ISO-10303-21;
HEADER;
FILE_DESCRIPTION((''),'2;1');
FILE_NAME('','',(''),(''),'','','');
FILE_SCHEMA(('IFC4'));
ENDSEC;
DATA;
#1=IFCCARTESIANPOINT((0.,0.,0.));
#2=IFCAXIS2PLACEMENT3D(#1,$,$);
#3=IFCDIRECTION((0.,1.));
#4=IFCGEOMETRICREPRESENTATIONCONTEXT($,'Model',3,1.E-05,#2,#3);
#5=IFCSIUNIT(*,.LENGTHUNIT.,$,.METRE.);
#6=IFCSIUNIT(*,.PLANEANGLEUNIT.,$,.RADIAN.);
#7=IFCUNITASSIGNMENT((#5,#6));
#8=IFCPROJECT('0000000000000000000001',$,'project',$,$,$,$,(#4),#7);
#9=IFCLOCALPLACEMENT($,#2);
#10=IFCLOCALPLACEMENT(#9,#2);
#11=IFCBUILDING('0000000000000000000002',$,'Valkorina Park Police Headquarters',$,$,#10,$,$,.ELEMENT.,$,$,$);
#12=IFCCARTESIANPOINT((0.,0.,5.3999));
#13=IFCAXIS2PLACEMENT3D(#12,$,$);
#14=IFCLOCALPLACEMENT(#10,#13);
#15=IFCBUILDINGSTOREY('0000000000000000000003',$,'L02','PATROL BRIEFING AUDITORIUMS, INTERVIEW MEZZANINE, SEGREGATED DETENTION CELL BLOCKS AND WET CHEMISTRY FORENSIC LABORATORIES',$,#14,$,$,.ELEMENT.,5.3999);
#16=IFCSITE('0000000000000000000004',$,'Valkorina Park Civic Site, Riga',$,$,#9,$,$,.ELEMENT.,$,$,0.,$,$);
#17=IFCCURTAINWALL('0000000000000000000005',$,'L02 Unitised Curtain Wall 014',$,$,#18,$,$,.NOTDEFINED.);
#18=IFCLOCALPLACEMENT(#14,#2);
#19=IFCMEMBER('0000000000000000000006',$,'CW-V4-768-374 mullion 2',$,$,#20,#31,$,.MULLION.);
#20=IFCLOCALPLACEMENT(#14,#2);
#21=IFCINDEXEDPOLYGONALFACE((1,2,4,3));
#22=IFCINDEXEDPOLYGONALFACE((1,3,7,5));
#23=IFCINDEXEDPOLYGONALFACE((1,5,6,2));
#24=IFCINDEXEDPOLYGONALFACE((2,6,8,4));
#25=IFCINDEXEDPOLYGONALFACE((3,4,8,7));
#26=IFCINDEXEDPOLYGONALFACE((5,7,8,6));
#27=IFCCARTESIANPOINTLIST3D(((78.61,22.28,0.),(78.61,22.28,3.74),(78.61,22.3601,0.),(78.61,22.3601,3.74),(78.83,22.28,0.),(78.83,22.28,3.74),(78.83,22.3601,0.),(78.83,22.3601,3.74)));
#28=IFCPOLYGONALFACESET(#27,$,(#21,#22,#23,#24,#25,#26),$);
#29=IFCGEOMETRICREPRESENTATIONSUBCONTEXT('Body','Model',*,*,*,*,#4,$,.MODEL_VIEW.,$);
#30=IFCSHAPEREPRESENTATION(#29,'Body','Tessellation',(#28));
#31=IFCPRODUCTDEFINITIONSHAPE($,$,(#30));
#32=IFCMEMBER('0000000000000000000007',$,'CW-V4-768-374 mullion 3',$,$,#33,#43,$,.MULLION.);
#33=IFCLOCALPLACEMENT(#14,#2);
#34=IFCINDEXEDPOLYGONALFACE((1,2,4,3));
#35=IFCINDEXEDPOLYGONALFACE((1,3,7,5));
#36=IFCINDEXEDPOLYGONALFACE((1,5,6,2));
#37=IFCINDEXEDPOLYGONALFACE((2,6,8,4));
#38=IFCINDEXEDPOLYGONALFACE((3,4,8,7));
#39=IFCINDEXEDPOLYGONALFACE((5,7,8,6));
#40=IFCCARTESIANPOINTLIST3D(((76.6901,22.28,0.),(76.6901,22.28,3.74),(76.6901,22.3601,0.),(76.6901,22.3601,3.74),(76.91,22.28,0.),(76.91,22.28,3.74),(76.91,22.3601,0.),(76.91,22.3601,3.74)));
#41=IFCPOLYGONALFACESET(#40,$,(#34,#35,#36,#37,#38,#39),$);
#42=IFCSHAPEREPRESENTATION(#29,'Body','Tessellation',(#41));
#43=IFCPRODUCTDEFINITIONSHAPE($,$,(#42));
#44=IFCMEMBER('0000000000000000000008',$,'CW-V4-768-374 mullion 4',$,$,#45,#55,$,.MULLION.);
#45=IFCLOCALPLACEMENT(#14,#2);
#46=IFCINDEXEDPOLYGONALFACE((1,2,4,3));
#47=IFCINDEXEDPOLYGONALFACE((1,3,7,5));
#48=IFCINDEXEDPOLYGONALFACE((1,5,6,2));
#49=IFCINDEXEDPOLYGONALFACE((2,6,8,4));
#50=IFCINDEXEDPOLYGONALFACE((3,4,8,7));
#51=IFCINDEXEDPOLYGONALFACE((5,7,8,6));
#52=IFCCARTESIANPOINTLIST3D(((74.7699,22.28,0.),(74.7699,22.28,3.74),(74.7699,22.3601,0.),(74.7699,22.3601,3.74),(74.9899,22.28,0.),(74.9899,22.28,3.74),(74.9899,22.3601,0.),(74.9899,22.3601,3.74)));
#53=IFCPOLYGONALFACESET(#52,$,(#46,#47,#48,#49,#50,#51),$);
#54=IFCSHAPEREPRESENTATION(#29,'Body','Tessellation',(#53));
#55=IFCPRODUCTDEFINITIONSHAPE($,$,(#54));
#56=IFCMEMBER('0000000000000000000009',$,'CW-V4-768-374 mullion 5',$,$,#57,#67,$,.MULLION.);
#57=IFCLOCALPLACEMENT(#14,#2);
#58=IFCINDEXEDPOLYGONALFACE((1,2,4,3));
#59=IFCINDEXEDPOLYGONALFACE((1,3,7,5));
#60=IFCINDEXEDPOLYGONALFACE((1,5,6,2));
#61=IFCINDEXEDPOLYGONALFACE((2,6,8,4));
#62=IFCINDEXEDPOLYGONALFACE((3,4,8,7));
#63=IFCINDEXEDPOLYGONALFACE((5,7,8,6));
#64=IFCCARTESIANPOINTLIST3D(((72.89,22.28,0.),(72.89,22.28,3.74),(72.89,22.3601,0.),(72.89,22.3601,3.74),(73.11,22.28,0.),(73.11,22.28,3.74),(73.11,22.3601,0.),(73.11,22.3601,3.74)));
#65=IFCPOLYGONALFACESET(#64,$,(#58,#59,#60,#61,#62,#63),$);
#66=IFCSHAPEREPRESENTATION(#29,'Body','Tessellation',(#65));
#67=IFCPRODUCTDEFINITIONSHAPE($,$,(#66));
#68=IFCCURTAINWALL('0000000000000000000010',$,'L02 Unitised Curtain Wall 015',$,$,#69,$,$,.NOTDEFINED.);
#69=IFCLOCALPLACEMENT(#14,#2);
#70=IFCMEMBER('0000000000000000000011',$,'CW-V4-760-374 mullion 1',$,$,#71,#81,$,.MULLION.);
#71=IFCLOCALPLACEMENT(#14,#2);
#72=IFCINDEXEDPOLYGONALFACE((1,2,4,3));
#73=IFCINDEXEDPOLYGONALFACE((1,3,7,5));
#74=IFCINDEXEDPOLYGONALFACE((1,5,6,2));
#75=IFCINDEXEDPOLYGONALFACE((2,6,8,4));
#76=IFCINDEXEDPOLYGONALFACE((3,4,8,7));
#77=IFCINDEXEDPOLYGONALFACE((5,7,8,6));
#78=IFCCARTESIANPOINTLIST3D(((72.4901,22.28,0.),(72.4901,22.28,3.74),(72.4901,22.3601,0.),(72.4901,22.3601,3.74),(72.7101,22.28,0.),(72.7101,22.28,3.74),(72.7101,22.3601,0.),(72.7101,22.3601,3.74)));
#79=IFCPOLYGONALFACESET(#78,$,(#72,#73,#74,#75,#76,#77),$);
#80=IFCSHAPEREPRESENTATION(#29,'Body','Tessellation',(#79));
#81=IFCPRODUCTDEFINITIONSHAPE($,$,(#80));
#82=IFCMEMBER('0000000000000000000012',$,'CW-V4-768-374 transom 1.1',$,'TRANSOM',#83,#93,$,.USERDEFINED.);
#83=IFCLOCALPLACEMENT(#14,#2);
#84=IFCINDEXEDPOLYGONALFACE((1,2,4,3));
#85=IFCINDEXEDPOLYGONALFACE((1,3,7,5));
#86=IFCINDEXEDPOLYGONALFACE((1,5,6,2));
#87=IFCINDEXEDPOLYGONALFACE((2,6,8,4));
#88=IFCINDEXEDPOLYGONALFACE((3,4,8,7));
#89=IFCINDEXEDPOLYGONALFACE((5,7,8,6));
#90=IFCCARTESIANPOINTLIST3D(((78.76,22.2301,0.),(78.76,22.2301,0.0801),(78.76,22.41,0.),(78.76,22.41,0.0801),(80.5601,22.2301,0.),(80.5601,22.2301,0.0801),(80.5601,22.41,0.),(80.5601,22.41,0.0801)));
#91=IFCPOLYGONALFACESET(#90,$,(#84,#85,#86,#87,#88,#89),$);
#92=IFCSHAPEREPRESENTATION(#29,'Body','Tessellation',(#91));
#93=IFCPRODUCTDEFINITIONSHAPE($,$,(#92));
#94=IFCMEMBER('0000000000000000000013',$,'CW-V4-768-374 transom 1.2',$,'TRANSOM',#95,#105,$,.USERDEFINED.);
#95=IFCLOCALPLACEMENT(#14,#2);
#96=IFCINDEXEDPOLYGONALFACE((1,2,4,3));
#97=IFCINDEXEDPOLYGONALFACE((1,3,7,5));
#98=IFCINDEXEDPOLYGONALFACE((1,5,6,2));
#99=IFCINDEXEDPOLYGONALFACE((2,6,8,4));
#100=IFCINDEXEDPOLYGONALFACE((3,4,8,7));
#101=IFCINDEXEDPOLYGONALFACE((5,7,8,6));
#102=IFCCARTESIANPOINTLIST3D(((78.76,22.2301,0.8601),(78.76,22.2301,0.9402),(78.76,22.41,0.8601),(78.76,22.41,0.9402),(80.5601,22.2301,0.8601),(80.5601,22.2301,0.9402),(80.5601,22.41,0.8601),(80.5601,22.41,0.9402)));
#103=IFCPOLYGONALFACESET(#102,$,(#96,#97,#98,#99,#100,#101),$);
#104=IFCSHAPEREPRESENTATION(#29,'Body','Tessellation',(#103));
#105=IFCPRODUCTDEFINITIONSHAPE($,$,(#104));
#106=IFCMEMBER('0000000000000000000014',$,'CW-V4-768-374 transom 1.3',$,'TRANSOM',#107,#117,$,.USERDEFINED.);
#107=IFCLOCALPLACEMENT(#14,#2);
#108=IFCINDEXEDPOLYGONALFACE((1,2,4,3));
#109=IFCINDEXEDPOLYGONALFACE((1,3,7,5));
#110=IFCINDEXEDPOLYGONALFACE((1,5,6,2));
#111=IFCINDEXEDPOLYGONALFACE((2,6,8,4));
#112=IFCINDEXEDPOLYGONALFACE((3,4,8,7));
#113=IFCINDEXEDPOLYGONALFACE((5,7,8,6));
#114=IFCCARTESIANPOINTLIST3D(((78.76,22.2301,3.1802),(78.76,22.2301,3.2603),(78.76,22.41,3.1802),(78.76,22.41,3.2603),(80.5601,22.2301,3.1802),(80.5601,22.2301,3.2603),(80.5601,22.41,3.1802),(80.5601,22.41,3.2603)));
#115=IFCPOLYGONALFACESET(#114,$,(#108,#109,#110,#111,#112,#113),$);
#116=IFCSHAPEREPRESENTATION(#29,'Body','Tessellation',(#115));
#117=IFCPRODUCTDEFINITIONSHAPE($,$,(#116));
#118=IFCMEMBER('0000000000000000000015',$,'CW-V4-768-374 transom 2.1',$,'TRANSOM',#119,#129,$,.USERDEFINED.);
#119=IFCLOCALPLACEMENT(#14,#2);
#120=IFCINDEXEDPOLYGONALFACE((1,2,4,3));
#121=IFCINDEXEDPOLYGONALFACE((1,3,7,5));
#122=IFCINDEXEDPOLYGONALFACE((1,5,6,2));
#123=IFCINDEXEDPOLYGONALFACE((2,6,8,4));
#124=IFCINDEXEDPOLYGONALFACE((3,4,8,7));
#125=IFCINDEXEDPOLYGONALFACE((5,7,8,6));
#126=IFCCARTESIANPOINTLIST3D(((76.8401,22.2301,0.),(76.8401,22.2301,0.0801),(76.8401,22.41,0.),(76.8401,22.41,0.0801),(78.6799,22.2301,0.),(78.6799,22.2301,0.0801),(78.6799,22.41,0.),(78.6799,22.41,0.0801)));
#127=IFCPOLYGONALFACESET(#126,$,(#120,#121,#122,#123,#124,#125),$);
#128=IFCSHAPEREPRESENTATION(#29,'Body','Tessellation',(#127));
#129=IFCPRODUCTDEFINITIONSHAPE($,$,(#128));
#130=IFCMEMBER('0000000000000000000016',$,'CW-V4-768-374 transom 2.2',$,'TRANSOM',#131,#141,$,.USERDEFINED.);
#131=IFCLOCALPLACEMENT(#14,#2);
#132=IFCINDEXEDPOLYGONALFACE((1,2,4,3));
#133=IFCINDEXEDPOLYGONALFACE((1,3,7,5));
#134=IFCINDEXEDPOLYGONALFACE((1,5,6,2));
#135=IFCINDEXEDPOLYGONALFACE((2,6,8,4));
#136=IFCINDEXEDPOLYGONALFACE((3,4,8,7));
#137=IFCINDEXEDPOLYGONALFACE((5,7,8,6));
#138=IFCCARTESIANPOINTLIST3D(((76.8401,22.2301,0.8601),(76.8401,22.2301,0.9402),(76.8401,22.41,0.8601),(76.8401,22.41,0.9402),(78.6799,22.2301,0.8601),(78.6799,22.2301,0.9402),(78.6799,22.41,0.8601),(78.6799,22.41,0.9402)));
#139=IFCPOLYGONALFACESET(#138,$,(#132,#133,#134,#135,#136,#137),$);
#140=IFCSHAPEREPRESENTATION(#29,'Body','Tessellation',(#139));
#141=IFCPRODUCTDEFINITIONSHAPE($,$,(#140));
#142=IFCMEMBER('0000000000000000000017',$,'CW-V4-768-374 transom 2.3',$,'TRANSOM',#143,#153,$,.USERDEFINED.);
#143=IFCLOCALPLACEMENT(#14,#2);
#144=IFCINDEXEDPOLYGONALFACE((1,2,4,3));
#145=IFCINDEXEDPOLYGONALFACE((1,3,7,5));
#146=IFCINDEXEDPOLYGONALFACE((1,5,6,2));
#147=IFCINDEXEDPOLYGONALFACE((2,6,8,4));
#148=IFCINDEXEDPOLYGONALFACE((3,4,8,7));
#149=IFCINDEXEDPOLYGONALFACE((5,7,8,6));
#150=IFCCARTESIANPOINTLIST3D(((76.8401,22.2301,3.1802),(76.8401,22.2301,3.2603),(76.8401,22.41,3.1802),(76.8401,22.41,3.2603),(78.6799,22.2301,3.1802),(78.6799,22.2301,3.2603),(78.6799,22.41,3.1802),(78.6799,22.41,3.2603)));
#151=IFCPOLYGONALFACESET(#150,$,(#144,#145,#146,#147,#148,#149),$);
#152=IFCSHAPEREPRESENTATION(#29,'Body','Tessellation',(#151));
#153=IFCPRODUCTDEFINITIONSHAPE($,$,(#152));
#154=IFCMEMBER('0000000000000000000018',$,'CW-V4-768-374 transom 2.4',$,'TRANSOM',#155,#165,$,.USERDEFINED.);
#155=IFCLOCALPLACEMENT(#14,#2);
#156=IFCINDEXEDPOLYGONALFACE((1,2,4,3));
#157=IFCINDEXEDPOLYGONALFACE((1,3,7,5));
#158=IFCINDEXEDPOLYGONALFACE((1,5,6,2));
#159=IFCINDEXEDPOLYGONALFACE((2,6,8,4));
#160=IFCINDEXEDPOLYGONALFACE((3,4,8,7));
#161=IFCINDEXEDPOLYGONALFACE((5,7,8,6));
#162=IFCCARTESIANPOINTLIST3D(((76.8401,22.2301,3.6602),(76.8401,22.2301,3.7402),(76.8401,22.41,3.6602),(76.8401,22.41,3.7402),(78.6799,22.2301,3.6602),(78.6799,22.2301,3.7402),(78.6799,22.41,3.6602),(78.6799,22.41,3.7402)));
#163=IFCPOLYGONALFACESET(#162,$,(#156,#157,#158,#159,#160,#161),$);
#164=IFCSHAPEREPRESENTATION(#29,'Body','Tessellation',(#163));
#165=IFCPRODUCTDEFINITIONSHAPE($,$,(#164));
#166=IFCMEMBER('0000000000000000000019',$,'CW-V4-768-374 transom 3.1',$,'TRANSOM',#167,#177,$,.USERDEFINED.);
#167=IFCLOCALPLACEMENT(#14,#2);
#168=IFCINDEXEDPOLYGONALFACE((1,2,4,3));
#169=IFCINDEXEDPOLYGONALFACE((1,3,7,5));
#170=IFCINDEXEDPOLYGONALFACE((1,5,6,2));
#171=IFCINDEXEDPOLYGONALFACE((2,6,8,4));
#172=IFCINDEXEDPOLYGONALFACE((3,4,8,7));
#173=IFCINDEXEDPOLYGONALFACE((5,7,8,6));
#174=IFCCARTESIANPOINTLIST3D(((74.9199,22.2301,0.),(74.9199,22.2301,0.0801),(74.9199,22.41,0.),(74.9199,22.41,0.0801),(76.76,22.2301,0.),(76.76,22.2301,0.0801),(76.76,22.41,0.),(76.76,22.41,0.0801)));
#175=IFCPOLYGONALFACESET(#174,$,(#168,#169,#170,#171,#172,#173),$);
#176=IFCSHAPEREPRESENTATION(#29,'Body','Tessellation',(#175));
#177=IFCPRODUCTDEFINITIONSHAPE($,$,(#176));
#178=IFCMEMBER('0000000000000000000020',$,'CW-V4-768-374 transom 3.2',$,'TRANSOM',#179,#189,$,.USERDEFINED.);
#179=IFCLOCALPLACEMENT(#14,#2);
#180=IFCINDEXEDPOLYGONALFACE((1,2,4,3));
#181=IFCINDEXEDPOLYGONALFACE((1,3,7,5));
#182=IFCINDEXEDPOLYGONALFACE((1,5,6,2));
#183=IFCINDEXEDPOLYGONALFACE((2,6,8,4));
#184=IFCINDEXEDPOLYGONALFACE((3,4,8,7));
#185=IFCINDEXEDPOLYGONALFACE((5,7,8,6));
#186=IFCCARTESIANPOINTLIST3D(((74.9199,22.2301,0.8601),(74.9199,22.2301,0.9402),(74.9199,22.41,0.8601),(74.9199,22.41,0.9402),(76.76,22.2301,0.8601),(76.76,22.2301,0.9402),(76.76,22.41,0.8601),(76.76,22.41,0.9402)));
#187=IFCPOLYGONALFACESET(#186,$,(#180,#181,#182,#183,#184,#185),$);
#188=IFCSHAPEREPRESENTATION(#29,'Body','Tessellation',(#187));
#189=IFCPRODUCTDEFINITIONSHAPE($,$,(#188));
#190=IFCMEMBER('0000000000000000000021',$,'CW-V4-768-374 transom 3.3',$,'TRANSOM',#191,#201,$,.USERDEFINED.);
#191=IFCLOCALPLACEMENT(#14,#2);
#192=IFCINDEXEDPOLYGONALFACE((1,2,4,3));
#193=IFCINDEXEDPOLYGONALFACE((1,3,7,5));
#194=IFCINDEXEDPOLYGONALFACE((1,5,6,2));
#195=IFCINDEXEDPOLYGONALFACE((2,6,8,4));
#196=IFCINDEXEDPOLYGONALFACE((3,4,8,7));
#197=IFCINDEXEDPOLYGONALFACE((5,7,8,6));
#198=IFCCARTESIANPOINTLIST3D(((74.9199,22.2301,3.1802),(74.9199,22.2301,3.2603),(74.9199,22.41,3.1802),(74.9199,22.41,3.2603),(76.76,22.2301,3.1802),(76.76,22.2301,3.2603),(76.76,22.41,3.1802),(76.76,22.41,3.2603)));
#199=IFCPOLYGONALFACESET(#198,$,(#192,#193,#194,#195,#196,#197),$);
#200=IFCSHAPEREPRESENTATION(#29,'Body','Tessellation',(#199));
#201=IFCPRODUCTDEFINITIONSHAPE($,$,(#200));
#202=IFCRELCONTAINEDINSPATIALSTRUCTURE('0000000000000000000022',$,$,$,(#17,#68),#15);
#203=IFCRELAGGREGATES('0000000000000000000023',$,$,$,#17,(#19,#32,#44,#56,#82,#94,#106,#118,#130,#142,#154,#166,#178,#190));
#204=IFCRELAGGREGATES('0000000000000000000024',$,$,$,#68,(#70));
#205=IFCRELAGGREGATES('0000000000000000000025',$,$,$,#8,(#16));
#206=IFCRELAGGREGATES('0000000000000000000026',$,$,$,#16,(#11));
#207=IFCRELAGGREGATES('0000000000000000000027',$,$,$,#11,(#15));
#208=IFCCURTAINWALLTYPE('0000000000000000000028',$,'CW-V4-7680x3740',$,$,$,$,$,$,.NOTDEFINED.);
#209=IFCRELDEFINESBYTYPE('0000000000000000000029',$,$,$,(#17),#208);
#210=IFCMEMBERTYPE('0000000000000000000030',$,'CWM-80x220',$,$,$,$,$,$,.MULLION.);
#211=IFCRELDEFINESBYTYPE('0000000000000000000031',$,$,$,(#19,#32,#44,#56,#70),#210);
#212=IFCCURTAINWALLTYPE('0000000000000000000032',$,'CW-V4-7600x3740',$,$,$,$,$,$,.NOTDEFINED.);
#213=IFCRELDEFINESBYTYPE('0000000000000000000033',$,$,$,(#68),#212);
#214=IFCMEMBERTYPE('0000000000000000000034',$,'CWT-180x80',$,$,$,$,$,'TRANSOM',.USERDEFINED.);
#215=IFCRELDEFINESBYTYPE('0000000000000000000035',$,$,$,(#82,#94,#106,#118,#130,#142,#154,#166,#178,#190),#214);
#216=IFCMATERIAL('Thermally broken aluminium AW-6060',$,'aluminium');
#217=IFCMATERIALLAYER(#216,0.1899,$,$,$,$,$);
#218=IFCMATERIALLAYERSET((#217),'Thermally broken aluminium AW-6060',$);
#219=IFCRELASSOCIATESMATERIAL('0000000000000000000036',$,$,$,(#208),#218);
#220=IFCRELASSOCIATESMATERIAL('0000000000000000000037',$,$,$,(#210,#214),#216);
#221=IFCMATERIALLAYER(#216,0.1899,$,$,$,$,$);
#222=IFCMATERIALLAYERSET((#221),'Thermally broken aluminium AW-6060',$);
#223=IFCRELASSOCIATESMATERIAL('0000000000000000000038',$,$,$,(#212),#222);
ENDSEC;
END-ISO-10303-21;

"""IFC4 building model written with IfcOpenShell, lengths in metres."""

from ifc_helpers import new_model, si_unit, direction, frame, origin, origin_2d, place, context, subcontext, project, spatial, rectangle, extrude, material, layer, layer_set, material_profile, profile_set, type_object, element, aggregate, save


model = new_model("IFC4")

# Units and contexts
model_context = context("Model", 3, precision=1e-05, world=origin(), true_north=direction((0.0, 1.0)))
body_context = subcontext(model_context, "Body", "Model", "MODEL_VIEW")
ifc_project = project(units=[si_unit("LENGTHUNIT", "METRE"), si_unit("PLANEANGLEUNIT", "RADIAN")], contexts=[model_context])

# Site, building, storey
site_placement = place(None, origin())
site = spatial("IfcSite", under=ifc_project, at=site_placement, Name="Valkorina Park Civic Site, Riga", CompositionType="ELEMENT", RefElevation=0.0)
building_placement = place(site_placement, origin())
building = spatial("IfcBuilding", under=site, at=building_placement, Name="Valkorina Park Police Headquarters", CompositionType="ELEMENT")
storey_placement = place(building_placement, frame((0.0, 0.0, 5.3999)))
storey = spatial("IfcBuildingStorey", under=building, at=storey_placement, Name="L02", Description="PATROL BRIEFING AUDITORIUMS, INTERVIEW MEZZANINE, SEGREGATED DETENTION CELL BLOCKS AND WET CHEMISTRY FORENSIC LABORATORIES", CompositionType="ELEMENT", Elevation=5.3999)

# Curtain wall, members
ifc_material_1 = material(Name="Thermally broken aluminium AW-6060", Category="aluminium")
ifc_layer_1 = layer(ifc_material_1, 0.1899)
ifc_layer_set_1 = layer_set([ifc_layer_1], Name="Thermally broken aluminium AW-6060")
curtain_wall_type_1 = type_object("IfcCurtainWallType", Name="CW-V4-7680x3740", PredefinedType="NOTDEFINED", material=ifc_layer_set_1)
curtain_wall_1_placement = place(storey_placement, origin())
curtain_wall_1 = element("IfcCurtainWall", 1, at=curtain_wall_1_placement, inside=storey, type_object=curtain_wall_type_1, Name="L02 Unitised Curtain Wall 014", PredefinedType="NOTDEFINED")
ifc_material_profile_1 = material_profile(ifc_material_1, rectangle(XDim=0.0801, YDim=0.22, at=origin_2d()), Name="CWM-03 80x220")
ifc_profile_set_1 = profile_set([ifc_material_profile_1], Name="Thermally broken aluminium AW-6060")
member_type_1 = type_object("IfcMemberType", Name="CWM-80x220", PredefinedType="MULLION", material=ifc_profile_set_1)
member_1_placement = place(storey_placement, frame((78.72, 22.3201, 0.0), z_axis=(0.0, 0.0, 1.0), x_axis=(0.0, -1.0, 0.0)))
member_1 = element("IfcMember", 2, at=member_1_placement, type_object=member_type_1, Name="CW-V4-768-374 mullion 2", PredefinedType="MULLION", context=body_context, shape_type="SweptSolid", body=[
    extrude(rectangle(XDim=0.0801, YDim=0.22, at=origin_2d()), origin(), (0.0, 0.0, 1.0), 3.74),
])
member_2_placement = place(storey_placement, frame((76.8, 22.3201, 0.0), z_axis=(0.0, 0.0, 1.0), x_axis=(0.0, -1.0, 0.0)))
member_2 = element("IfcMember", 3, at=member_2_placement, type_object=member_type_1, Name="CW-V4-768-374 mullion 3", PredefinedType="MULLION", context=body_context, shape_type="SweptSolid", body=[
    extrude(rectangle(XDim=0.0801, YDim=0.22, at=origin_2d()), origin(), (0.0, 0.0, 1.0), 3.74),
])
member_3_placement = place(storey_placement, frame((74.8799, 22.3201, 0.0), z_axis=(0.0, 0.0, 1.0), x_axis=(0.0, -1.0, 0.0)))
member_3 = element("IfcMember", 4, at=member_3_placement, type_object=member_type_1, Name="CW-V4-768-374 mullion 4", PredefinedType="MULLION", context=body_context, shape_type="SweptSolid", body=[
    extrude(rectangle(XDim=0.0801, YDim=0.22, at=origin_2d()), origin(), (0.0, 0.0, 1.0), 3.74),
])
member_4_placement = place(storey_placement, frame((73.0, 22.3201, 0.0), z_axis=(0.0, 0.0, 1.0), x_axis=(0.0, -1.0, 0.0)))
member_4 = element("IfcMember", 5, at=member_4_placement, type_object=member_type_1, Name="CW-V4-768-374 mullion 5", PredefinedType="MULLION", context=body_context, shape_type="SweptSolid", body=[
    extrude(rectangle(XDim=0.0801, YDim=0.22, at=origin_2d()), origin(), (0.0, 0.0, 1.0), 3.74),
])

# Curtain wall, member
ifc_layer_2 = layer(ifc_material_1, 0.1899)
ifc_layer_set_2 = layer_set([ifc_layer_2], Name="Thermally broken aluminium AW-6060")
curtain_wall_type_2 = type_object("IfcCurtainWallType", Name="CW-V4-7600x3740", PredefinedType="NOTDEFINED", material=ifc_layer_set_2)
curtain_wall_2_placement = place(storey_placement, origin())
curtain_wall_2 = element("IfcCurtainWall", 6, at=curtain_wall_2_placement, inside=storey, type_object=curtain_wall_type_2, Name="L02 Unitised Curtain Wall 015", PredefinedType="NOTDEFINED")
member_5_placement = place(storey_placement, frame((72.6001, 22.3201, 0.0), z_axis=(0.0, 0.0, 1.0), x_axis=(0.0, -1.0, 0.0)))
member_5 = element("IfcMember", 7, at=member_5_placement, type_object=member_type_1, Name="CW-V4-760-374 mullion 1", PredefinedType="MULLION", context=body_context, shape_type="SweptSolid", body=[
    extrude(rectangle(XDim=0.0801, YDim=0.22, at=origin_2d()), origin(), (0.0, 0.0, 1.0), 3.74),
])

# Members
ifc_material_profile_2 = material_profile(ifc_material_1, rectangle(XDim=0.1799, YDim=0.0801, at=origin_2d()), Name="CWT-03 180x80")
ifc_profile_set_2 = profile_set([ifc_material_profile_2], Name="Thermally broken aluminium AW-6060")
member_type_2 = type_object("IfcMemberType", Name="CWT-180x80", ElementType="TRANSOM", PredefinedType="USERDEFINED", material=ifc_profile_set_2)
member_6_placement = place(storey_placement, frame((80.5601, 22.3201, 0.04), z_axis=(-1.0, 0.0, 0.0), x_axis=(0.0, -1.0, 0.0)))
member_6 = element("IfcMember", 8, at=member_6_placement, type_object=member_type_2, Name="CW-V4-768-374 transom 1.1", ObjectType="TRANSOM", PredefinedType="USERDEFINED", context=body_context, shape_type="SweptSolid", body=[
    extrude(rectangle(XDim=0.1799, YDim=0.0801, at=origin_2d()), origin(), (0.0, 0.0, 1.0), 1.8),
])
member_7_placement = place(storey_placement, frame((80.5601, 22.3201, 0.9001), z_axis=(-1.0, 0.0, 0.0), x_axis=(0.0, -1.0, 0.0)))
member_7 = element("IfcMember", 9, at=member_7_placement, type_object=member_type_2, Name="CW-V4-768-374 transom 1.2", ObjectType="TRANSOM", PredefinedType="USERDEFINED", context=body_context, shape_type="SweptSolid", body=[
    extrude(rectangle(XDim=0.1799, YDim=0.0801, at=origin_2d()), origin(), (0.0, 0.0, 1.0), 1.8),
])
member_8_placement = place(storey_placement, frame((80.5601, 22.3201, 3.2202), z_axis=(-1.0, 0.0, 0.0), x_axis=(0.0, -1.0, 0.0)))
member_8 = element("IfcMember", 10, at=member_8_placement, type_object=member_type_2, Name="CW-V4-768-374 transom 1.3", ObjectType="TRANSOM", PredefinedType="USERDEFINED", context=body_context, shape_type="SweptSolid", body=[
    extrude(rectangle(XDim=0.1799, YDim=0.0801, at=origin_2d()), origin(), (0.0, 0.0, 1.0), 1.8),
])
member_9_placement = place(storey_placement, frame((78.6799, 22.3201, 0.04), z_axis=(-1.0, 0.0, 0.0), x_axis=(0.0, -1.0, 0.0)))
member_9 = element("IfcMember", 11, at=member_9_placement, type_object=member_type_2, Name="CW-V4-768-374 transom 2.1", ObjectType="TRANSOM", PredefinedType="USERDEFINED", context=body_context, shape_type="SweptSolid", body=[
    extrude(rectangle(XDim=0.1799, YDim=0.0801, at=origin_2d()), origin(), (0.0, 0.0, 1.0), 1.8398),
])
member_10_placement = place(storey_placement, frame((78.6799, 22.3201, 0.9001), z_axis=(-1.0, 0.0, 0.0), x_axis=(0.0, -1.0, 0.0)))
member_10 = element("IfcMember", 12, at=member_10_placement, type_object=member_type_2, Name="CW-V4-768-374 transom 2.2", ObjectType="TRANSOM", PredefinedType="USERDEFINED", context=body_context, shape_type="SweptSolid", body=[
    extrude(rectangle(XDim=0.1799, YDim=0.0801, at=origin_2d()), origin(), (0.0, 0.0, 1.0), 1.8398),
])
member_11_placement = place(storey_placement, frame((78.6799, 22.3201, 3.2202), z_axis=(-1.0, 0.0, 0.0), x_axis=(0.0, -1.0, 0.0)))
member_11 = element("IfcMember", 13, at=member_11_placement, type_object=member_type_2, Name="CW-V4-768-374 transom 2.3", ObjectType="TRANSOM", PredefinedType="USERDEFINED", context=body_context, shape_type="SweptSolid", body=[
    extrude(rectangle(XDim=0.1799, YDim=0.0801, at=origin_2d()), origin(), (0.0, 0.0, 1.0), 1.8398),
])
member_12_placement = place(storey_placement, frame((78.6799, 22.3201, 3.7002), z_axis=(-1.0, 0.0, 0.0), x_axis=(0.0, -1.0, 0.0)))
member_12 = element("IfcMember", 14, at=member_12_placement, type_object=member_type_2, Name="CW-V4-768-374 transom 2.4", ObjectType="TRANSOM", PredefinedType="USERDEFINED", context=body_context, shape_type="SweptSolid", body=[
    extrude(rectangle(XDim=0.1799, YDim=0.0801, at=origin_2d()), origin(), (0.0, 0.0, 1.0), 1.8398),
])
member_13_placement = place(storey_placement, frame((76.76, 22.3201, 0.04), z_axis=(-1.0, 0.0, 0.0), x_axis=(0.0, -1.0, 0.0)))
member_13 = element("IfcMember", 15, at=member_13_placement, type_object=member_type_2, Name="CW-V4-768-374 transom 3.1", ObjectType="TRANSOM", PredefinedType="USERDEFINED", context=body_context, shape_type="SweptSolid", body=[
    extrude(rectangle(XDim=0.1799, YDim=0.0801, at=origin_2d()), origin(), (0.0, 0.0, 1.0), 1.8401),
])
member_14_placement = place(storey_placement, frame((76.76, 22.3201, 0.9001), z_axis=(-1.0, 0.0, 0.0), x_axis=(0.0, -1.0, 0.0)))
member_14 = element("IfcMember", 16, at=member_14_placement, type_object=member_type_2, Name="CW-V4-768-374 transom 3.2", ObjectType="TRANSOM", PredefinedType="USERDEFINED", context=body_context, shape_type="SweptSolid", body=[
    extrude(rectangle(XDim=0.1799, YDim=0.0801, at=origin_2d()), origin(), (0.0, 0.0, 1.0), 1.8401),
])
member_15_placement = place(storey_placement, frame((76.76, 22.3201, 3.2202), z_axis=(-1.0, 0.0, 0.0), x_axis=(0.0, -1.0, 0.0)))
member_15 = element("IfcMember", 17, at=member_15_placement, type_object=member_type_2, Name="CW-V4-768-374 transom 3.3", ObjectType="TRANSOM", PredefinedType="USERDEFINED", context=body_context, shape_type="SweptSolid", body=[
    extrude(rectangle(XDim=0.1799, YDim=0.0801, at=origin_2d()), origin(), (0.0, 0.0, 1.0), 1.8401),
])

aggregate(curtain_wall_1, [member_1, member_2, member_3, member_4, member_6, member_7, member_8, member_9, member_10, member_11, member_12, member_13, member_14, member_15])
aggregate(curtain_wall_2, [member_5])

save(model, "model.ifc")
